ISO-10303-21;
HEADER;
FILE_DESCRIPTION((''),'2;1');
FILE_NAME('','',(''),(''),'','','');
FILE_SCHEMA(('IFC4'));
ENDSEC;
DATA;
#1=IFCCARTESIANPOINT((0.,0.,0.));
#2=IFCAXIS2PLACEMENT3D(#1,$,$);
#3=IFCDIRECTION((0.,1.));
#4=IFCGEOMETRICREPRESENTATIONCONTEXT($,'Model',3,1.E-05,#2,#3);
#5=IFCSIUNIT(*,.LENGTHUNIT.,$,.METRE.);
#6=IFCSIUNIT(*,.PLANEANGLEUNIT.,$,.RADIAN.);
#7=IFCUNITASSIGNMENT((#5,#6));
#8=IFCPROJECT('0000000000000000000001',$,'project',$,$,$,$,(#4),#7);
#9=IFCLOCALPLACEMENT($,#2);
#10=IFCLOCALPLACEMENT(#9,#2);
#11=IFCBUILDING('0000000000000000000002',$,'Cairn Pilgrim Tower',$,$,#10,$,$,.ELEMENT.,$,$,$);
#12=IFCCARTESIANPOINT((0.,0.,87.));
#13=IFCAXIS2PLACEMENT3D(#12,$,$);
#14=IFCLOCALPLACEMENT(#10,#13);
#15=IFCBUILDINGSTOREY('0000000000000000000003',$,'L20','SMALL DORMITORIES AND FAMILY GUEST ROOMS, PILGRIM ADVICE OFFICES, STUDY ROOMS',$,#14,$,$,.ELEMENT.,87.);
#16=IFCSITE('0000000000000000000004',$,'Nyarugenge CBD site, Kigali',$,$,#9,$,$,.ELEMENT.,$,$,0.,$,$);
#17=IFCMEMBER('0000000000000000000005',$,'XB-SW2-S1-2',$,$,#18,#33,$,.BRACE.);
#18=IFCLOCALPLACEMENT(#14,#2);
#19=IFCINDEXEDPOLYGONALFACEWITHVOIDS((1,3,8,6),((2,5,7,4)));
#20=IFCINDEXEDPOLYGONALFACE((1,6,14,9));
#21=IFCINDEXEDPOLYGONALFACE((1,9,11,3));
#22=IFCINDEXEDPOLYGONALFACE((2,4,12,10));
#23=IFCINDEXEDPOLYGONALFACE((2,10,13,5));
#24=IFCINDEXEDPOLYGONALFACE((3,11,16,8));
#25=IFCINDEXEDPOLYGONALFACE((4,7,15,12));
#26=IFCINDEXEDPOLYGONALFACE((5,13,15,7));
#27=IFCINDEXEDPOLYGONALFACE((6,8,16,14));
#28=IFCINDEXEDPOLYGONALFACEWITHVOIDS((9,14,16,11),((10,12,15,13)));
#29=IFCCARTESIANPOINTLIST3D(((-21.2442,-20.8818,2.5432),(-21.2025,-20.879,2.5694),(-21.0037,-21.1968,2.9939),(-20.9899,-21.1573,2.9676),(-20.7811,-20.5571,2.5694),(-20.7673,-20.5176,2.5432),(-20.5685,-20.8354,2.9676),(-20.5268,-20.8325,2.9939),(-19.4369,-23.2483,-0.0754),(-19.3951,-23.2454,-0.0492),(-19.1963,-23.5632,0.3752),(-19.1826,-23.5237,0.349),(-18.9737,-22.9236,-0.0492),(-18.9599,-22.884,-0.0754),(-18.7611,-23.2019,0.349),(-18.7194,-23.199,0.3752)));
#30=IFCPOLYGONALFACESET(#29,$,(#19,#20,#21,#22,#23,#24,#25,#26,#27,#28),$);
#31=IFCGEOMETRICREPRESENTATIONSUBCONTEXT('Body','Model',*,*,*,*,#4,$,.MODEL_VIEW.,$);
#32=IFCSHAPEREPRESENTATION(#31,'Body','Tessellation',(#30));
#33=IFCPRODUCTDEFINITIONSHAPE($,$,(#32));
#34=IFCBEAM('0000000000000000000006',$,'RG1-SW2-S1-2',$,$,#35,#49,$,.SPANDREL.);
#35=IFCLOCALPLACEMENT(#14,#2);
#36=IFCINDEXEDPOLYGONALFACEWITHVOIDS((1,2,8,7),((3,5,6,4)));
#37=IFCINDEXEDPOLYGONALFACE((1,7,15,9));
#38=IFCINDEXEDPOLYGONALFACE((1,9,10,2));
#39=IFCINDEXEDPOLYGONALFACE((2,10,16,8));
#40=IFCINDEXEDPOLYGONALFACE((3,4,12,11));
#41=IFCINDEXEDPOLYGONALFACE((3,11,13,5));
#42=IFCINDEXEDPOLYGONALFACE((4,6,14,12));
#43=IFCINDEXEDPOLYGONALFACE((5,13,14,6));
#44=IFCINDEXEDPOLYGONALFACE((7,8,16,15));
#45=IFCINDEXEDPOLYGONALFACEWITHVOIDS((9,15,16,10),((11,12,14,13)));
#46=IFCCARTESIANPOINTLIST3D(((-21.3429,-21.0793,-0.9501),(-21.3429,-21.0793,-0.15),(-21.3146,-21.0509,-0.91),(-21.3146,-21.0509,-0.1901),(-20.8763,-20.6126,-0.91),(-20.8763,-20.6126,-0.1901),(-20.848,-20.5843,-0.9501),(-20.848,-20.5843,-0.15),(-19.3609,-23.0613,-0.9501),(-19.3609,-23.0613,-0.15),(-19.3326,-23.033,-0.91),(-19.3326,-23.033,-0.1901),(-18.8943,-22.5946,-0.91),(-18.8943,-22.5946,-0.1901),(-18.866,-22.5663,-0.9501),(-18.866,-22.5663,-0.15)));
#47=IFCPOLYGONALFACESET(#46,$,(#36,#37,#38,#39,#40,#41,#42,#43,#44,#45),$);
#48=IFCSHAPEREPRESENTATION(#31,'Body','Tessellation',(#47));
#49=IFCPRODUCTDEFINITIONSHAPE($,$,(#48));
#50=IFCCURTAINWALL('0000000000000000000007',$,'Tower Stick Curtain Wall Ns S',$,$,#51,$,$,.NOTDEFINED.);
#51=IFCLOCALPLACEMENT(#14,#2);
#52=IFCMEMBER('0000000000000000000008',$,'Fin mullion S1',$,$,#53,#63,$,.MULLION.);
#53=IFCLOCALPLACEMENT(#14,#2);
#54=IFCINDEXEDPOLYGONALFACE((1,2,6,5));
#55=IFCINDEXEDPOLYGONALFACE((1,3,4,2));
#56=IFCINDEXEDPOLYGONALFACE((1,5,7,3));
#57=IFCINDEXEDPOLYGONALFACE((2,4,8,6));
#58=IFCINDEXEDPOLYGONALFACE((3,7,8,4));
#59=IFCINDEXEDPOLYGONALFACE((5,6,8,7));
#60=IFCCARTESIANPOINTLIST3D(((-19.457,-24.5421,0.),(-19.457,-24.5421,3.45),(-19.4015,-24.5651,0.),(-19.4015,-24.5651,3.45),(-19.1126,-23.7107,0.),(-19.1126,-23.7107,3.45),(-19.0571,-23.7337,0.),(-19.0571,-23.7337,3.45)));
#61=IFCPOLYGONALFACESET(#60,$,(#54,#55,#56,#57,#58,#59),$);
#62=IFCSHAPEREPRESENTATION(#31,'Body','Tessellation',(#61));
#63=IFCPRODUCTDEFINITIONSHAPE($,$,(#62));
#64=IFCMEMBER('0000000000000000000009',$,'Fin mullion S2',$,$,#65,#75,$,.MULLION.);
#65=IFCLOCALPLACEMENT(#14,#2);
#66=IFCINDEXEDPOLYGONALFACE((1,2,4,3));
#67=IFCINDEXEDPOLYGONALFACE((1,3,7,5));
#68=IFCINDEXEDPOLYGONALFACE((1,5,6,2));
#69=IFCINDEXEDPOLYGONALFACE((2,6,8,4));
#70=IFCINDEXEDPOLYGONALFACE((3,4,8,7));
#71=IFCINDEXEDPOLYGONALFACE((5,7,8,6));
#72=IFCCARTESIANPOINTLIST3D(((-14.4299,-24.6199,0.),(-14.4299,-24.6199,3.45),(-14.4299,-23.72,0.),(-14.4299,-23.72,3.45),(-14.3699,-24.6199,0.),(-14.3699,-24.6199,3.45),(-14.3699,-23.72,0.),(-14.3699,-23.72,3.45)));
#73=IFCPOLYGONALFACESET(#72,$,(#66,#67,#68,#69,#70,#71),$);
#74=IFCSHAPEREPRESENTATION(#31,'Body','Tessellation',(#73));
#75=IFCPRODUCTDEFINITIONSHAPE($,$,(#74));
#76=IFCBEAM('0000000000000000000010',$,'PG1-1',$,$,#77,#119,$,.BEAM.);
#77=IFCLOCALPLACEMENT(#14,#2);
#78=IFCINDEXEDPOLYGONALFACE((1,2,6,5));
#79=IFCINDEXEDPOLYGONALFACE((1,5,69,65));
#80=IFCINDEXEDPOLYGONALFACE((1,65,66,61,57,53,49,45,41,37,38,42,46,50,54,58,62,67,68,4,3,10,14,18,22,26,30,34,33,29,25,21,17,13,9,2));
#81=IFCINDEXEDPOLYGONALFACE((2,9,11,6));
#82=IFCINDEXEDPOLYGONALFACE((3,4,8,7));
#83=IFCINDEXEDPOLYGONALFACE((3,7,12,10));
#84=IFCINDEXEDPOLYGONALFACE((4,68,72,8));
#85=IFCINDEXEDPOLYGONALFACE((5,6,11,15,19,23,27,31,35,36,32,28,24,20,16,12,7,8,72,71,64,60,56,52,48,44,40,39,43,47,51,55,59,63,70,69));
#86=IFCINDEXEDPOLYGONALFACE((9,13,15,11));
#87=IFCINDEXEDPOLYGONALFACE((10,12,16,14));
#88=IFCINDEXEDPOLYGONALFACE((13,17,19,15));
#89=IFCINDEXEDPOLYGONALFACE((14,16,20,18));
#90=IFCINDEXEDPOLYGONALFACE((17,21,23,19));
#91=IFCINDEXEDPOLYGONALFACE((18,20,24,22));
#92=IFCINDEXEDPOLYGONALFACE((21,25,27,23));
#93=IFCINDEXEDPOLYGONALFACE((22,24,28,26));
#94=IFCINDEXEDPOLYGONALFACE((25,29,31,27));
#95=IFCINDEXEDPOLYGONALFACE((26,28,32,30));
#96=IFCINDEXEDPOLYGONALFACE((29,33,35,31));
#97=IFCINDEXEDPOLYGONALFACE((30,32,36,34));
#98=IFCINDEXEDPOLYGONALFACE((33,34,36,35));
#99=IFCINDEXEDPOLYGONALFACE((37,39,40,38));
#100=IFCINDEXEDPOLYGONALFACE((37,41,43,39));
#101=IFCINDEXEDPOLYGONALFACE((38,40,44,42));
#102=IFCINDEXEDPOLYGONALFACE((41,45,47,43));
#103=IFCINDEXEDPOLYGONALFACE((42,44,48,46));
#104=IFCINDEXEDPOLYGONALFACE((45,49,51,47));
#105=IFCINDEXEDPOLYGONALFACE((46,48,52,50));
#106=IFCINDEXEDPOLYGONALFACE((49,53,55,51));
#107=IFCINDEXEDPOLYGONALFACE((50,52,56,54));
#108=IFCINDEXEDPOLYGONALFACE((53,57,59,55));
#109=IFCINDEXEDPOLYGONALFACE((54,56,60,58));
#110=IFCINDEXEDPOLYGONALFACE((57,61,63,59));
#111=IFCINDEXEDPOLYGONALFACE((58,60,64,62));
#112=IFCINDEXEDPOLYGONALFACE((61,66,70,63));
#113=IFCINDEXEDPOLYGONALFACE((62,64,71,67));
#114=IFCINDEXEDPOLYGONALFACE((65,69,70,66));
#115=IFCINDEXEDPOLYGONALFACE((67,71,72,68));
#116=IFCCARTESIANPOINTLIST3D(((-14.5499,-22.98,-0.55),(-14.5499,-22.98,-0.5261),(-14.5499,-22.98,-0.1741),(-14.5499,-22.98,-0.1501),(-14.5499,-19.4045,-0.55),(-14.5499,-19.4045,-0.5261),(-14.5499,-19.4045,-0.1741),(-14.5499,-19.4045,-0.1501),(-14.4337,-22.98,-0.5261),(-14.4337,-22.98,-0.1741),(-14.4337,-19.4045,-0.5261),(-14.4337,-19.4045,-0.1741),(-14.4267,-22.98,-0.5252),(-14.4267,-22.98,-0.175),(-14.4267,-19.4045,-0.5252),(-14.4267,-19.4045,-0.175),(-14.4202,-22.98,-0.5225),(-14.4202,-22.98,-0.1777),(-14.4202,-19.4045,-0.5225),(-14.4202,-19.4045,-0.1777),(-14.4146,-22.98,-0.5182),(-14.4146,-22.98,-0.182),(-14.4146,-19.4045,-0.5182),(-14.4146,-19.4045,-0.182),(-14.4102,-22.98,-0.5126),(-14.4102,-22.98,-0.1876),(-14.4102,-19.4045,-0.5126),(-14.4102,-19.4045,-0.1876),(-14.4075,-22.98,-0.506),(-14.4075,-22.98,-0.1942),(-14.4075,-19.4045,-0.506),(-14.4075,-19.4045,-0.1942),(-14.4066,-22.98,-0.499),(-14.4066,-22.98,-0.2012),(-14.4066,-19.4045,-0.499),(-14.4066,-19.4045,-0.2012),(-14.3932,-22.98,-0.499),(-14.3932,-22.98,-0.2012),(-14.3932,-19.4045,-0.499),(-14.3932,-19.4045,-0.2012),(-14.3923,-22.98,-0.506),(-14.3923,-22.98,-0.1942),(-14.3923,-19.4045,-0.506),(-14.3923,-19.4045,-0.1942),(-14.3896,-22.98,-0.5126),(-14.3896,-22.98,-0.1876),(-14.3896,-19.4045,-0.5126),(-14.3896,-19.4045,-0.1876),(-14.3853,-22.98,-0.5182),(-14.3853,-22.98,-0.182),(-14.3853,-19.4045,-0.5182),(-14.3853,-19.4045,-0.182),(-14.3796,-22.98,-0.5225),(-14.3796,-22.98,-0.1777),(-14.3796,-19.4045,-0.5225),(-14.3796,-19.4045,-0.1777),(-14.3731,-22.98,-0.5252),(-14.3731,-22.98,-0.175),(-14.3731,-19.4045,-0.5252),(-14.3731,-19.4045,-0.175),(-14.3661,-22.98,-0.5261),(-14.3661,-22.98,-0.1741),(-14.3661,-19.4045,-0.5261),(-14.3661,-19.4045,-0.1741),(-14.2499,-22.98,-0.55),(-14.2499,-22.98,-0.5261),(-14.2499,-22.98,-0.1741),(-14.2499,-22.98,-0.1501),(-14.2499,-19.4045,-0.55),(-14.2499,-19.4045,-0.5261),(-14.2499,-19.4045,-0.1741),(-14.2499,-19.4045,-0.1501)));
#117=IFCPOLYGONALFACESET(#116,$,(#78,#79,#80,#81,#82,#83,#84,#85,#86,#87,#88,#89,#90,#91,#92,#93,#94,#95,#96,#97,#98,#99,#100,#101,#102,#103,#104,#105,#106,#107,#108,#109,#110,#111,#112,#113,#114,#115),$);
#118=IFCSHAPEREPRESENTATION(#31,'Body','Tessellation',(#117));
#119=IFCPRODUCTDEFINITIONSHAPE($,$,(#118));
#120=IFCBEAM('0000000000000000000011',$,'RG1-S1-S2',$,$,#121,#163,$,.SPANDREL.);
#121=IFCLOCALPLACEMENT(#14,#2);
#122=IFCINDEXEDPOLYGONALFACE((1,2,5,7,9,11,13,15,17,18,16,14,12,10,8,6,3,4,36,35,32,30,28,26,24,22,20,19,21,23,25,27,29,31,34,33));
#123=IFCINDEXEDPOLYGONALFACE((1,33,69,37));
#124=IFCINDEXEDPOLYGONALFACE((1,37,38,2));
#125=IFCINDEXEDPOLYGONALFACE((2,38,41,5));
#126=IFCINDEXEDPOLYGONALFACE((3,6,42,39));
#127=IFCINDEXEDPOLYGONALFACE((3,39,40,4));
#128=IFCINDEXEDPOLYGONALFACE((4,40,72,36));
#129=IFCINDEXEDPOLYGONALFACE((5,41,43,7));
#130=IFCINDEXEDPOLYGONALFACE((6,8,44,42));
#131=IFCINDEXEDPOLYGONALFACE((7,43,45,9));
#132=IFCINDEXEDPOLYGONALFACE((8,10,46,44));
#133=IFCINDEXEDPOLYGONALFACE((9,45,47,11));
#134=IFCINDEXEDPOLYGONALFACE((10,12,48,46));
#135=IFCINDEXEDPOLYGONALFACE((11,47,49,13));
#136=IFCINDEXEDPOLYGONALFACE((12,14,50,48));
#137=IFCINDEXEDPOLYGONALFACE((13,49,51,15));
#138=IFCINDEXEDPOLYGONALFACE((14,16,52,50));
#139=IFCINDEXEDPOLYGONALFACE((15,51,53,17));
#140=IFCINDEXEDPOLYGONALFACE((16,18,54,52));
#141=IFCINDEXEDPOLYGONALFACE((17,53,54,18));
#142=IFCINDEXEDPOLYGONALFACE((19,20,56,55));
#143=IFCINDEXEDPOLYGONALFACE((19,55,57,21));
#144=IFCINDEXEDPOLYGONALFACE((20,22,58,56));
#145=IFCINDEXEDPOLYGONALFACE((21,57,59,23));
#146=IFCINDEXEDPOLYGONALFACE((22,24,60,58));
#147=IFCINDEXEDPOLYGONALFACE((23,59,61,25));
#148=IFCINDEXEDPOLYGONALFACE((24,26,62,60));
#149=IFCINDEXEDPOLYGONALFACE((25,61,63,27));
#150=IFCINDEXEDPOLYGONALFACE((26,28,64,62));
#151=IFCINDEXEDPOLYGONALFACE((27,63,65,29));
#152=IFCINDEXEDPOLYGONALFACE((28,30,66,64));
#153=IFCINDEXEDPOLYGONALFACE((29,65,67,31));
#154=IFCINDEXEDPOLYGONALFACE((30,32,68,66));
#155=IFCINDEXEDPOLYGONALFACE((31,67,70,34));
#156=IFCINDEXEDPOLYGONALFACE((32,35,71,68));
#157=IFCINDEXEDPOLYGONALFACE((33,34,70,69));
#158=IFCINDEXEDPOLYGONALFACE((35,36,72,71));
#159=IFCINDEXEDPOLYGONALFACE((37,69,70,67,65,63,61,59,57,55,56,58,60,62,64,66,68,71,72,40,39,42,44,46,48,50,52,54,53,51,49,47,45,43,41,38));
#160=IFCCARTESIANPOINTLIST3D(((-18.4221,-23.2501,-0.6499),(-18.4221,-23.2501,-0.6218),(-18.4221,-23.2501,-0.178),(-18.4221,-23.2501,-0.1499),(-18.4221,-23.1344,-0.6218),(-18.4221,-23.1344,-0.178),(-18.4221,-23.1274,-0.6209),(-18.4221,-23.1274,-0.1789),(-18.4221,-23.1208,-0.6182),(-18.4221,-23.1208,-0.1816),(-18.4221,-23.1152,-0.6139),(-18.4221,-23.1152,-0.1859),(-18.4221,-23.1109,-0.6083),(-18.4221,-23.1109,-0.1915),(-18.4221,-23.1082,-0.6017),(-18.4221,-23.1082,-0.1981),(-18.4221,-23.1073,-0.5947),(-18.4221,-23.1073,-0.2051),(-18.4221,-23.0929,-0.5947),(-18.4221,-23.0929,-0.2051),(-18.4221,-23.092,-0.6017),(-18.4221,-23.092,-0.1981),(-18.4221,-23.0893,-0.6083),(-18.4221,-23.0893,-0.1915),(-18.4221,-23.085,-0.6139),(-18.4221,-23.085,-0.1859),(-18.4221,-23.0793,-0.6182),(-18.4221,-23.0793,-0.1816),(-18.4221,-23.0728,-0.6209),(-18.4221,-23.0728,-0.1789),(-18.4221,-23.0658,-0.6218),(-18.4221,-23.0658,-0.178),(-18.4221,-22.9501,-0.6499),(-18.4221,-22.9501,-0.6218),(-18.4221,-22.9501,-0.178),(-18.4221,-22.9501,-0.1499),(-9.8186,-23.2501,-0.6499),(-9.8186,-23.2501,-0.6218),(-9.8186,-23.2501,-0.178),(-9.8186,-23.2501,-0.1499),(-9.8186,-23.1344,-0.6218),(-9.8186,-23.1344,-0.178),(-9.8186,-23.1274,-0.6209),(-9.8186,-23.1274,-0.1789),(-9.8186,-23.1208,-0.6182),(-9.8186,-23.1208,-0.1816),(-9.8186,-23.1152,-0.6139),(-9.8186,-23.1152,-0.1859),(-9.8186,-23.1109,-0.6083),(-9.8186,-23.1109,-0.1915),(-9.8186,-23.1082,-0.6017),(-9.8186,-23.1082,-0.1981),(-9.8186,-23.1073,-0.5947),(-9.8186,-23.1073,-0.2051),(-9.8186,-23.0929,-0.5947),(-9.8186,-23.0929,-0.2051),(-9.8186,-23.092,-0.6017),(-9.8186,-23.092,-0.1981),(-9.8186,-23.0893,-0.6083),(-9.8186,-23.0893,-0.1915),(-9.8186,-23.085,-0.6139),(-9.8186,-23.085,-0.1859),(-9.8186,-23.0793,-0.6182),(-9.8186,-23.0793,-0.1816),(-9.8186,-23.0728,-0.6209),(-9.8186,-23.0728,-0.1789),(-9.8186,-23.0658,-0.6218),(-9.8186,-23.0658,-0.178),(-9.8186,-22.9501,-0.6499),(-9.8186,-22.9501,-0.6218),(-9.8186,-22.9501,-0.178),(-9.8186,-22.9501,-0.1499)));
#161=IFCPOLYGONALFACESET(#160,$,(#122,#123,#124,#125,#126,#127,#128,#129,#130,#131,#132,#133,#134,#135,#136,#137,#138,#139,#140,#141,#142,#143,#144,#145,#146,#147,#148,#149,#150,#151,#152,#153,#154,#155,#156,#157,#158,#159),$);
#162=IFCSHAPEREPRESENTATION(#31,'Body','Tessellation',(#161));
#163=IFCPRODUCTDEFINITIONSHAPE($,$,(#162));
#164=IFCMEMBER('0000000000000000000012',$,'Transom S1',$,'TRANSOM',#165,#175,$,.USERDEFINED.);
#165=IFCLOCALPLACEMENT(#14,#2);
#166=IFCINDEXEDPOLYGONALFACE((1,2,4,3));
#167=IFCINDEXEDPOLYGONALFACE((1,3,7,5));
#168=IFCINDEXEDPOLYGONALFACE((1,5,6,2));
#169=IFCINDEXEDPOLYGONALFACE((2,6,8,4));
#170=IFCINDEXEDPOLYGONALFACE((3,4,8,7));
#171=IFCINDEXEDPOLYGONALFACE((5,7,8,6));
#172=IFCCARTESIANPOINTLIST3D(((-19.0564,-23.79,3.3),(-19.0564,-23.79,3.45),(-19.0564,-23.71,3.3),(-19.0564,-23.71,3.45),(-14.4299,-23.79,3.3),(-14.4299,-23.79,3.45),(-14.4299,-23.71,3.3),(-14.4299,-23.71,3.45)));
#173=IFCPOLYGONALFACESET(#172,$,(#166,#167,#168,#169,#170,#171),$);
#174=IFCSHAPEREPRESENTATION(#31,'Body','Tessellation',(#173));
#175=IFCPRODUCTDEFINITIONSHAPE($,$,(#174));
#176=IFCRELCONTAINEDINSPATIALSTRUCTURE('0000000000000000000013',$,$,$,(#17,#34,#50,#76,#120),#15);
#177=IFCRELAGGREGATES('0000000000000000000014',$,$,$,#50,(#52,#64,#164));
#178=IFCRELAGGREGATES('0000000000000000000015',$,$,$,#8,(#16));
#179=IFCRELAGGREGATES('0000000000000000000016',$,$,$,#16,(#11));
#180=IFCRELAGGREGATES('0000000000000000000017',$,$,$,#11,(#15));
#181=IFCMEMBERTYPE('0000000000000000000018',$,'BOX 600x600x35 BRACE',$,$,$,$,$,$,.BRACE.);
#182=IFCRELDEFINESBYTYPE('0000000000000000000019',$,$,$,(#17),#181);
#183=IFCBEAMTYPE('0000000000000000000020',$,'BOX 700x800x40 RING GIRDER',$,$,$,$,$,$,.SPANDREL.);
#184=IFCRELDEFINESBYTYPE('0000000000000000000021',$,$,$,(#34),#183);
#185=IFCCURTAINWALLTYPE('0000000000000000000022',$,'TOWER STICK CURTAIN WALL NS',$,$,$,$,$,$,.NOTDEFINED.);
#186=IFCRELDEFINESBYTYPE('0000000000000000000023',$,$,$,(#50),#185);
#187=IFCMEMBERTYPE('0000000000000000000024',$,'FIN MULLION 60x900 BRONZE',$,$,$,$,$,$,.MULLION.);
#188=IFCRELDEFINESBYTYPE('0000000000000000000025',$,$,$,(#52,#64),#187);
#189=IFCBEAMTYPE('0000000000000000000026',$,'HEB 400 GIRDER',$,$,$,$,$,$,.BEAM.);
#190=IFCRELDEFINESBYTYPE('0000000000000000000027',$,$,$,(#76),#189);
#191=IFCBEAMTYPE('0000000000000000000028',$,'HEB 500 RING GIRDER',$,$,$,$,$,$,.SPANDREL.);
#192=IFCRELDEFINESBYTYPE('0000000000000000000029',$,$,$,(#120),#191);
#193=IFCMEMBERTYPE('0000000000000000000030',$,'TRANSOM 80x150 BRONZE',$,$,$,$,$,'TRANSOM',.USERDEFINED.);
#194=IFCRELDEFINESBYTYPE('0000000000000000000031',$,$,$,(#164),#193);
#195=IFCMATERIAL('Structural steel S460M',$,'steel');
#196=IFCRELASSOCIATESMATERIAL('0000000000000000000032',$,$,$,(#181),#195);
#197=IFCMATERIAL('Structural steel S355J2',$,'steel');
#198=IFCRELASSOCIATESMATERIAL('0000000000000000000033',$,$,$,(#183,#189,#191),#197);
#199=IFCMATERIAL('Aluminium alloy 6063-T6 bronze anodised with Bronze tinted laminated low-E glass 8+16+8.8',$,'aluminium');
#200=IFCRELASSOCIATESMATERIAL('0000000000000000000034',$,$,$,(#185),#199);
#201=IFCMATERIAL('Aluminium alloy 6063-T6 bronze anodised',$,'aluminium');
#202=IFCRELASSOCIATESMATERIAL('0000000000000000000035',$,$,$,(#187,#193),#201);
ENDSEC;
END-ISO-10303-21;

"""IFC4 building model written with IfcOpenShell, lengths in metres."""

from ifc_helpers import new_model, si_unit, direction, frame, origin, origin_2d, place, context, subcontext, project, spatial, rectangle, hollow_rectangle, i_section, extrude, material, material_profile, profile_set, type_object, element, aggregate, save


model = new_model("IFC4")

# Units and contexts
model_context = context("Model", 3, precision=1e-05, world=origin(), true_north=direction((0.0, 1.0)))
body_context = subcontext(model_context, "Body", "Model", "MODEL_VIEW")
ifc_project = project(units=[si_unit("LENGTHUNIT", "METRE"), si_unit("PLANEANGLEUNIT", "RADIAN")], contexts=[model_context])

# Site, building, storey
site_placement = place(None, origin())
site = spatial("IfcSite", under=ifc_project, at=site_placement, Name="Nyarugenge CBD site, Kigali", CompositionType="ELEMENT", RefElevation=0.0)
building_placement = place(site_placement, origin())
building = spatial("IfcBuilding", under=site, at=building_placement, Name="Cairn Pilgrim Tower", CompositionType="ELEMENT")
storey_placement = place(building_placement, frame((0.0, 0.0, 87.0)))
storey = spatial("IfcBuildingStorey", under=building, at=storey_placement, Name="L20", Description="SMALL DORMITORIES AND FAMILY GUEST ROOMS, PILGRIM ADVICE OFFICES, STUDY ROOMS", CompositionType="ELEMENT", Elevation=87.0)

# Shared definitions
ifc_material_1 = material(Name="Structural steel S460M", Category="steel")

# Member
ifc_material_profile_1 = material_profile(ifc_material_1, hollow_rectangle(XDim=0.6001, YDim=0.6001, WallThickness=0.0349, at=origin_2d()), Name="BOX 600x600x35")
ifc_profile_set_1 = profile_set([ifc_material_profile_1], Name="Structural steel S460M")
member_type_1 = type_object("IfcMemberType", Name="BOX 600x600x35 BRACE", PredefinedType="BRACE", material=ifc_profile_set_1)
member_1_placement = place(storey_placement, frame((-19.0781, -23.2236, 0.1499), z_axis=(-0.455791, 0.596783, 0.660383), x_axis=(-0.794725, -0.606969, 0.0)))
element("IfcMember", 1, at=member_1_placement, inside=storey, type_object=member_type_1, Name="XB-SW2-S1-2", PredefinedType="BRACE", context=body_context, shape_type="SweptSolid", body=[
    extrude(hollow_rectangle(XDim=0.6001, YDim=0.6001, WallThickness=0.0349, at=origin_2d()), origin(), (0.0, 0.0, 1.0), 3.9653),
])

# Beam
ifc_material_2 = material(Name="Structural steel S355J2", Category="steel")
ifc_material_profile_2 = material_profile(ifc_material_2, hollow_rectangle(XDim=0.7, YDim=0.8, WallThickness=0.04, at=origin_2d()), Name="BOX 700x800x40")
ifc_profile_set_2 = profile_set([ifc_material_profile_2], Name="Structural steel S355J2")
beam_type_1 = type_object("IfcBeamType", Name="BOX 700x800x40 RING GIRDER", PredefinedType="SPANDREL", material=ifc_profile_set_2)
beam_1_placement = place(storey_placement, frame((-21.0955, -20.8318, -0.55), z_axis=(0.707107, -0.707107, 0.0), x_axis=(0.707107, 0.707107, 0.0)))
element("IfcBeam", 2, at=beam_1_placement, inside=storey, type_object=beam_type_1, Name="RG1-SW2-S1-2", PredefinedType="SPANDREL", context=body_context, shape_type="SweptSolid", body=[
    extrude(hollow_rectangle(XDim=0.7, YDim=0.8, WallThickness=0.04, at=origin_2d()), origin(), (0.0, 0.0, 1.0), 2.803),
])

# Curtain wall, members
ifc_material_3 = material(Name="Aluminium alloy 6063-T6 bronze anodised with Bronze tinted laminated low-E glass 8+16+8.8", Category="aluminium")
curtain_wall_type_1 = type_object("IfcCurtainWallType", Name="TOWER STICK CURTAIN WALL NS", PredefinedType="NOTDEFINED", material=ifc_material_3)
curtain_wall_1_placement = place(storey_placement, origin())
curtain_wall_1 = element("IfcCurtainWall", 3, at=curtain_wall_1_placement, inside=storey, type_object=curtain_wall_type_1, Name="Tower Stick Curtain Wall Ns S", PredefinedType="NOTDEFINED")
ifc_material_4 = material(Name="Aluminium alloy 6063-T6 bronze anodised", Category="aluminium")
ifc_material_profile_3 = material_profile(ifc_material_4, rectangle(XDim=0.8999, YDim=0.0601, at=origin_2d()), Name="FIN MULLION 60x900 BRONZE")
ifc_profile_set_3 = profile_set([ifc_material_profile_3], Name="Aluminium alloy 6063-T6 bronze anodised")
member_type_2 = type_object("IfcMemberType", Name="FIN MULLION 60x900 BRONZE", PredefinedType="MULLION", material=ifc_profile_set_3)
member_2_placement = place(storey_placement, frame((-19.2571, -24.1379, 0.0), z_axis=(0.0, 0.0, 1.0), x_axis=(-0.382683, -0.92388, 0.0)))
member_2 = element("IfcMember", 4, at=member_2_placement, type_object=member_type_2, Name="Fin mullion S1", PredefinedType="MULLION", context=body_context, shape_type="SweptSolid", body=[
    extrude(rectangle(XDim=0.8999, YDim=0.0601, at=origin_2d()), origin(), (0.0, 0.0, 1.0), 3.45),
])
member_3_placement = place(storey_placement, frame((-14.3999, -24.1699, 0.0), z_axis=(0.0, 0.0, 1.0), x_axis=(0.0, -1.0, 0.0)))
member_3 = element("IfcMember", 5, at=member_3_placement, type_object=member_type_2, Name="Fin mullion S2", PredefinedType="MULLION", context=body_context, shape_type="SweptSolid", body=[
    extrude(rectangle(XDim=0.8999, YDim=0.0601, at=origin_2d()), origin(), (0.0, 0.0, 1.0), 3.45),
])

# Beams
ifc_material_profile_4 = material_profile(ifc_material_2, i_section(OverallWidth=0.3, OverallDepth=0.3999, WebThickness=0.0134, FlangeThickness=0.0239, FilletRadius=0.0271, at=origin_2d()), Name="HEB 400")
ifc_profile_set_4 = profile_set([ifc_material_profile_4], Name="Structural steel S355J2")
beam_type_2 = type_object("IfcBeamType", Name="HEB 400 GIRDER", PredefinedType="BEAM", material=ifc_profile_set_4)
beam_2_placement = place(storey_placement, frame((-14.3999, -22.98, -0.3501), z_axis=(0.0, 1.0, 0.0), x_axis=(-1.0, 0.0, 0.0)))
element("IfcBeam", 6, at=beam_2_placement, inside=storey, type_object=beam_type_2, Name="PG1-1", PredefinedType="BEAM", context=body_context, shape_type="SweptSolid", body=[
    extrude(i_section(OverallWidth=0.3, OverallDepth=0.3999, WebThickness=0.0134, FlangeThickness=0.0239, FilletRadius=0.0271, at=origin_2d()), origin(), (0.0, 0.0, 1.0), 3.5754),
])
ifc_material_profile_5 = material_profile(ifc_material_2, i_section(OverallWidth=0.3, OverallDepth=0.5, WebThickness=0.0144, FlangeThickness=0.0281, FilletRadius=0.0271, at=origin_2d()), Name="HEB 500")
ifc_profile_set_5 = profile_set([ifc_material_profile_5], Name="Structural steel S355J2")
beam_type_3 = type_object("IfcBeamType", Name="HEB 500 RING GIRDER", PredefinedType="SPANDREL", material=ifc_profile_set_5)
beam_3_placement = place(storey_placement, frame((-18.4221, -23.1001, -0.3999), z_axis=(1.0, 0.0, 0.0), x_axis=(0.0, 1.0, 0.0)))
element("IfcBeam", 7, at=beam_3_placement, inside=storey, type_object=beam_type_3, Name="RG1-S1-S2", PredefinedType="SPANDREL", context=body_context, shape_type="SweptSolid", body=[
    extrude(i_section(OverallWidth=0.3, OverallDepth=0.5, WebThickness=0.0144, FlangeThickness=0.0281, FilletRadius=0.0271, at=origin_2d()), origin(), (0.0, 0.0, 1.0), 8.6035),
])

# Member
ifc_material_profile_6 = material_profile(ifc_material_4, rectangle(XDim=0.0801, YDim=0.1499, at=origin_2d()), Name="TRANSOM 80x150 BRONZE")
ifc_profile_set_6 = profile_set([ifc_material_profile_6], Name="Aluminium alloy 6063-T6 bronze anodised")
member_type_3 = type_object("IfcMemberType", Name="TRANSOM 80x150 BRONZE", ElementType="TRANSOM", PredefinedType="USERDEFINED", material=ifc_profile_set_6)
member_4_placement = place(storey_placement, frame((-19.0564, -23.75, 3.375), z_axis=(1.0, 0.0, 0.0), x_axis=(0.0, 1.0, 0.0)))
member_4 = element("IfcMember", 8, at=member_4_placement, type_object=member_type_3, Name="Transom S1", ObjectType="TRANSOM", PredefinedType="USERDEFINED", context=body_context, shape_type="SweptSolid", body=[
    extrude(rectangle(XDim=0.0801, YDim=0.1499, at=origin_2d()), origin(), (0.0, 0.0, 1.0), 4.6265),
])

aggregate(curtain_wall_1, [member_2, member_3, member_4])

save(model, "model.ifc")
